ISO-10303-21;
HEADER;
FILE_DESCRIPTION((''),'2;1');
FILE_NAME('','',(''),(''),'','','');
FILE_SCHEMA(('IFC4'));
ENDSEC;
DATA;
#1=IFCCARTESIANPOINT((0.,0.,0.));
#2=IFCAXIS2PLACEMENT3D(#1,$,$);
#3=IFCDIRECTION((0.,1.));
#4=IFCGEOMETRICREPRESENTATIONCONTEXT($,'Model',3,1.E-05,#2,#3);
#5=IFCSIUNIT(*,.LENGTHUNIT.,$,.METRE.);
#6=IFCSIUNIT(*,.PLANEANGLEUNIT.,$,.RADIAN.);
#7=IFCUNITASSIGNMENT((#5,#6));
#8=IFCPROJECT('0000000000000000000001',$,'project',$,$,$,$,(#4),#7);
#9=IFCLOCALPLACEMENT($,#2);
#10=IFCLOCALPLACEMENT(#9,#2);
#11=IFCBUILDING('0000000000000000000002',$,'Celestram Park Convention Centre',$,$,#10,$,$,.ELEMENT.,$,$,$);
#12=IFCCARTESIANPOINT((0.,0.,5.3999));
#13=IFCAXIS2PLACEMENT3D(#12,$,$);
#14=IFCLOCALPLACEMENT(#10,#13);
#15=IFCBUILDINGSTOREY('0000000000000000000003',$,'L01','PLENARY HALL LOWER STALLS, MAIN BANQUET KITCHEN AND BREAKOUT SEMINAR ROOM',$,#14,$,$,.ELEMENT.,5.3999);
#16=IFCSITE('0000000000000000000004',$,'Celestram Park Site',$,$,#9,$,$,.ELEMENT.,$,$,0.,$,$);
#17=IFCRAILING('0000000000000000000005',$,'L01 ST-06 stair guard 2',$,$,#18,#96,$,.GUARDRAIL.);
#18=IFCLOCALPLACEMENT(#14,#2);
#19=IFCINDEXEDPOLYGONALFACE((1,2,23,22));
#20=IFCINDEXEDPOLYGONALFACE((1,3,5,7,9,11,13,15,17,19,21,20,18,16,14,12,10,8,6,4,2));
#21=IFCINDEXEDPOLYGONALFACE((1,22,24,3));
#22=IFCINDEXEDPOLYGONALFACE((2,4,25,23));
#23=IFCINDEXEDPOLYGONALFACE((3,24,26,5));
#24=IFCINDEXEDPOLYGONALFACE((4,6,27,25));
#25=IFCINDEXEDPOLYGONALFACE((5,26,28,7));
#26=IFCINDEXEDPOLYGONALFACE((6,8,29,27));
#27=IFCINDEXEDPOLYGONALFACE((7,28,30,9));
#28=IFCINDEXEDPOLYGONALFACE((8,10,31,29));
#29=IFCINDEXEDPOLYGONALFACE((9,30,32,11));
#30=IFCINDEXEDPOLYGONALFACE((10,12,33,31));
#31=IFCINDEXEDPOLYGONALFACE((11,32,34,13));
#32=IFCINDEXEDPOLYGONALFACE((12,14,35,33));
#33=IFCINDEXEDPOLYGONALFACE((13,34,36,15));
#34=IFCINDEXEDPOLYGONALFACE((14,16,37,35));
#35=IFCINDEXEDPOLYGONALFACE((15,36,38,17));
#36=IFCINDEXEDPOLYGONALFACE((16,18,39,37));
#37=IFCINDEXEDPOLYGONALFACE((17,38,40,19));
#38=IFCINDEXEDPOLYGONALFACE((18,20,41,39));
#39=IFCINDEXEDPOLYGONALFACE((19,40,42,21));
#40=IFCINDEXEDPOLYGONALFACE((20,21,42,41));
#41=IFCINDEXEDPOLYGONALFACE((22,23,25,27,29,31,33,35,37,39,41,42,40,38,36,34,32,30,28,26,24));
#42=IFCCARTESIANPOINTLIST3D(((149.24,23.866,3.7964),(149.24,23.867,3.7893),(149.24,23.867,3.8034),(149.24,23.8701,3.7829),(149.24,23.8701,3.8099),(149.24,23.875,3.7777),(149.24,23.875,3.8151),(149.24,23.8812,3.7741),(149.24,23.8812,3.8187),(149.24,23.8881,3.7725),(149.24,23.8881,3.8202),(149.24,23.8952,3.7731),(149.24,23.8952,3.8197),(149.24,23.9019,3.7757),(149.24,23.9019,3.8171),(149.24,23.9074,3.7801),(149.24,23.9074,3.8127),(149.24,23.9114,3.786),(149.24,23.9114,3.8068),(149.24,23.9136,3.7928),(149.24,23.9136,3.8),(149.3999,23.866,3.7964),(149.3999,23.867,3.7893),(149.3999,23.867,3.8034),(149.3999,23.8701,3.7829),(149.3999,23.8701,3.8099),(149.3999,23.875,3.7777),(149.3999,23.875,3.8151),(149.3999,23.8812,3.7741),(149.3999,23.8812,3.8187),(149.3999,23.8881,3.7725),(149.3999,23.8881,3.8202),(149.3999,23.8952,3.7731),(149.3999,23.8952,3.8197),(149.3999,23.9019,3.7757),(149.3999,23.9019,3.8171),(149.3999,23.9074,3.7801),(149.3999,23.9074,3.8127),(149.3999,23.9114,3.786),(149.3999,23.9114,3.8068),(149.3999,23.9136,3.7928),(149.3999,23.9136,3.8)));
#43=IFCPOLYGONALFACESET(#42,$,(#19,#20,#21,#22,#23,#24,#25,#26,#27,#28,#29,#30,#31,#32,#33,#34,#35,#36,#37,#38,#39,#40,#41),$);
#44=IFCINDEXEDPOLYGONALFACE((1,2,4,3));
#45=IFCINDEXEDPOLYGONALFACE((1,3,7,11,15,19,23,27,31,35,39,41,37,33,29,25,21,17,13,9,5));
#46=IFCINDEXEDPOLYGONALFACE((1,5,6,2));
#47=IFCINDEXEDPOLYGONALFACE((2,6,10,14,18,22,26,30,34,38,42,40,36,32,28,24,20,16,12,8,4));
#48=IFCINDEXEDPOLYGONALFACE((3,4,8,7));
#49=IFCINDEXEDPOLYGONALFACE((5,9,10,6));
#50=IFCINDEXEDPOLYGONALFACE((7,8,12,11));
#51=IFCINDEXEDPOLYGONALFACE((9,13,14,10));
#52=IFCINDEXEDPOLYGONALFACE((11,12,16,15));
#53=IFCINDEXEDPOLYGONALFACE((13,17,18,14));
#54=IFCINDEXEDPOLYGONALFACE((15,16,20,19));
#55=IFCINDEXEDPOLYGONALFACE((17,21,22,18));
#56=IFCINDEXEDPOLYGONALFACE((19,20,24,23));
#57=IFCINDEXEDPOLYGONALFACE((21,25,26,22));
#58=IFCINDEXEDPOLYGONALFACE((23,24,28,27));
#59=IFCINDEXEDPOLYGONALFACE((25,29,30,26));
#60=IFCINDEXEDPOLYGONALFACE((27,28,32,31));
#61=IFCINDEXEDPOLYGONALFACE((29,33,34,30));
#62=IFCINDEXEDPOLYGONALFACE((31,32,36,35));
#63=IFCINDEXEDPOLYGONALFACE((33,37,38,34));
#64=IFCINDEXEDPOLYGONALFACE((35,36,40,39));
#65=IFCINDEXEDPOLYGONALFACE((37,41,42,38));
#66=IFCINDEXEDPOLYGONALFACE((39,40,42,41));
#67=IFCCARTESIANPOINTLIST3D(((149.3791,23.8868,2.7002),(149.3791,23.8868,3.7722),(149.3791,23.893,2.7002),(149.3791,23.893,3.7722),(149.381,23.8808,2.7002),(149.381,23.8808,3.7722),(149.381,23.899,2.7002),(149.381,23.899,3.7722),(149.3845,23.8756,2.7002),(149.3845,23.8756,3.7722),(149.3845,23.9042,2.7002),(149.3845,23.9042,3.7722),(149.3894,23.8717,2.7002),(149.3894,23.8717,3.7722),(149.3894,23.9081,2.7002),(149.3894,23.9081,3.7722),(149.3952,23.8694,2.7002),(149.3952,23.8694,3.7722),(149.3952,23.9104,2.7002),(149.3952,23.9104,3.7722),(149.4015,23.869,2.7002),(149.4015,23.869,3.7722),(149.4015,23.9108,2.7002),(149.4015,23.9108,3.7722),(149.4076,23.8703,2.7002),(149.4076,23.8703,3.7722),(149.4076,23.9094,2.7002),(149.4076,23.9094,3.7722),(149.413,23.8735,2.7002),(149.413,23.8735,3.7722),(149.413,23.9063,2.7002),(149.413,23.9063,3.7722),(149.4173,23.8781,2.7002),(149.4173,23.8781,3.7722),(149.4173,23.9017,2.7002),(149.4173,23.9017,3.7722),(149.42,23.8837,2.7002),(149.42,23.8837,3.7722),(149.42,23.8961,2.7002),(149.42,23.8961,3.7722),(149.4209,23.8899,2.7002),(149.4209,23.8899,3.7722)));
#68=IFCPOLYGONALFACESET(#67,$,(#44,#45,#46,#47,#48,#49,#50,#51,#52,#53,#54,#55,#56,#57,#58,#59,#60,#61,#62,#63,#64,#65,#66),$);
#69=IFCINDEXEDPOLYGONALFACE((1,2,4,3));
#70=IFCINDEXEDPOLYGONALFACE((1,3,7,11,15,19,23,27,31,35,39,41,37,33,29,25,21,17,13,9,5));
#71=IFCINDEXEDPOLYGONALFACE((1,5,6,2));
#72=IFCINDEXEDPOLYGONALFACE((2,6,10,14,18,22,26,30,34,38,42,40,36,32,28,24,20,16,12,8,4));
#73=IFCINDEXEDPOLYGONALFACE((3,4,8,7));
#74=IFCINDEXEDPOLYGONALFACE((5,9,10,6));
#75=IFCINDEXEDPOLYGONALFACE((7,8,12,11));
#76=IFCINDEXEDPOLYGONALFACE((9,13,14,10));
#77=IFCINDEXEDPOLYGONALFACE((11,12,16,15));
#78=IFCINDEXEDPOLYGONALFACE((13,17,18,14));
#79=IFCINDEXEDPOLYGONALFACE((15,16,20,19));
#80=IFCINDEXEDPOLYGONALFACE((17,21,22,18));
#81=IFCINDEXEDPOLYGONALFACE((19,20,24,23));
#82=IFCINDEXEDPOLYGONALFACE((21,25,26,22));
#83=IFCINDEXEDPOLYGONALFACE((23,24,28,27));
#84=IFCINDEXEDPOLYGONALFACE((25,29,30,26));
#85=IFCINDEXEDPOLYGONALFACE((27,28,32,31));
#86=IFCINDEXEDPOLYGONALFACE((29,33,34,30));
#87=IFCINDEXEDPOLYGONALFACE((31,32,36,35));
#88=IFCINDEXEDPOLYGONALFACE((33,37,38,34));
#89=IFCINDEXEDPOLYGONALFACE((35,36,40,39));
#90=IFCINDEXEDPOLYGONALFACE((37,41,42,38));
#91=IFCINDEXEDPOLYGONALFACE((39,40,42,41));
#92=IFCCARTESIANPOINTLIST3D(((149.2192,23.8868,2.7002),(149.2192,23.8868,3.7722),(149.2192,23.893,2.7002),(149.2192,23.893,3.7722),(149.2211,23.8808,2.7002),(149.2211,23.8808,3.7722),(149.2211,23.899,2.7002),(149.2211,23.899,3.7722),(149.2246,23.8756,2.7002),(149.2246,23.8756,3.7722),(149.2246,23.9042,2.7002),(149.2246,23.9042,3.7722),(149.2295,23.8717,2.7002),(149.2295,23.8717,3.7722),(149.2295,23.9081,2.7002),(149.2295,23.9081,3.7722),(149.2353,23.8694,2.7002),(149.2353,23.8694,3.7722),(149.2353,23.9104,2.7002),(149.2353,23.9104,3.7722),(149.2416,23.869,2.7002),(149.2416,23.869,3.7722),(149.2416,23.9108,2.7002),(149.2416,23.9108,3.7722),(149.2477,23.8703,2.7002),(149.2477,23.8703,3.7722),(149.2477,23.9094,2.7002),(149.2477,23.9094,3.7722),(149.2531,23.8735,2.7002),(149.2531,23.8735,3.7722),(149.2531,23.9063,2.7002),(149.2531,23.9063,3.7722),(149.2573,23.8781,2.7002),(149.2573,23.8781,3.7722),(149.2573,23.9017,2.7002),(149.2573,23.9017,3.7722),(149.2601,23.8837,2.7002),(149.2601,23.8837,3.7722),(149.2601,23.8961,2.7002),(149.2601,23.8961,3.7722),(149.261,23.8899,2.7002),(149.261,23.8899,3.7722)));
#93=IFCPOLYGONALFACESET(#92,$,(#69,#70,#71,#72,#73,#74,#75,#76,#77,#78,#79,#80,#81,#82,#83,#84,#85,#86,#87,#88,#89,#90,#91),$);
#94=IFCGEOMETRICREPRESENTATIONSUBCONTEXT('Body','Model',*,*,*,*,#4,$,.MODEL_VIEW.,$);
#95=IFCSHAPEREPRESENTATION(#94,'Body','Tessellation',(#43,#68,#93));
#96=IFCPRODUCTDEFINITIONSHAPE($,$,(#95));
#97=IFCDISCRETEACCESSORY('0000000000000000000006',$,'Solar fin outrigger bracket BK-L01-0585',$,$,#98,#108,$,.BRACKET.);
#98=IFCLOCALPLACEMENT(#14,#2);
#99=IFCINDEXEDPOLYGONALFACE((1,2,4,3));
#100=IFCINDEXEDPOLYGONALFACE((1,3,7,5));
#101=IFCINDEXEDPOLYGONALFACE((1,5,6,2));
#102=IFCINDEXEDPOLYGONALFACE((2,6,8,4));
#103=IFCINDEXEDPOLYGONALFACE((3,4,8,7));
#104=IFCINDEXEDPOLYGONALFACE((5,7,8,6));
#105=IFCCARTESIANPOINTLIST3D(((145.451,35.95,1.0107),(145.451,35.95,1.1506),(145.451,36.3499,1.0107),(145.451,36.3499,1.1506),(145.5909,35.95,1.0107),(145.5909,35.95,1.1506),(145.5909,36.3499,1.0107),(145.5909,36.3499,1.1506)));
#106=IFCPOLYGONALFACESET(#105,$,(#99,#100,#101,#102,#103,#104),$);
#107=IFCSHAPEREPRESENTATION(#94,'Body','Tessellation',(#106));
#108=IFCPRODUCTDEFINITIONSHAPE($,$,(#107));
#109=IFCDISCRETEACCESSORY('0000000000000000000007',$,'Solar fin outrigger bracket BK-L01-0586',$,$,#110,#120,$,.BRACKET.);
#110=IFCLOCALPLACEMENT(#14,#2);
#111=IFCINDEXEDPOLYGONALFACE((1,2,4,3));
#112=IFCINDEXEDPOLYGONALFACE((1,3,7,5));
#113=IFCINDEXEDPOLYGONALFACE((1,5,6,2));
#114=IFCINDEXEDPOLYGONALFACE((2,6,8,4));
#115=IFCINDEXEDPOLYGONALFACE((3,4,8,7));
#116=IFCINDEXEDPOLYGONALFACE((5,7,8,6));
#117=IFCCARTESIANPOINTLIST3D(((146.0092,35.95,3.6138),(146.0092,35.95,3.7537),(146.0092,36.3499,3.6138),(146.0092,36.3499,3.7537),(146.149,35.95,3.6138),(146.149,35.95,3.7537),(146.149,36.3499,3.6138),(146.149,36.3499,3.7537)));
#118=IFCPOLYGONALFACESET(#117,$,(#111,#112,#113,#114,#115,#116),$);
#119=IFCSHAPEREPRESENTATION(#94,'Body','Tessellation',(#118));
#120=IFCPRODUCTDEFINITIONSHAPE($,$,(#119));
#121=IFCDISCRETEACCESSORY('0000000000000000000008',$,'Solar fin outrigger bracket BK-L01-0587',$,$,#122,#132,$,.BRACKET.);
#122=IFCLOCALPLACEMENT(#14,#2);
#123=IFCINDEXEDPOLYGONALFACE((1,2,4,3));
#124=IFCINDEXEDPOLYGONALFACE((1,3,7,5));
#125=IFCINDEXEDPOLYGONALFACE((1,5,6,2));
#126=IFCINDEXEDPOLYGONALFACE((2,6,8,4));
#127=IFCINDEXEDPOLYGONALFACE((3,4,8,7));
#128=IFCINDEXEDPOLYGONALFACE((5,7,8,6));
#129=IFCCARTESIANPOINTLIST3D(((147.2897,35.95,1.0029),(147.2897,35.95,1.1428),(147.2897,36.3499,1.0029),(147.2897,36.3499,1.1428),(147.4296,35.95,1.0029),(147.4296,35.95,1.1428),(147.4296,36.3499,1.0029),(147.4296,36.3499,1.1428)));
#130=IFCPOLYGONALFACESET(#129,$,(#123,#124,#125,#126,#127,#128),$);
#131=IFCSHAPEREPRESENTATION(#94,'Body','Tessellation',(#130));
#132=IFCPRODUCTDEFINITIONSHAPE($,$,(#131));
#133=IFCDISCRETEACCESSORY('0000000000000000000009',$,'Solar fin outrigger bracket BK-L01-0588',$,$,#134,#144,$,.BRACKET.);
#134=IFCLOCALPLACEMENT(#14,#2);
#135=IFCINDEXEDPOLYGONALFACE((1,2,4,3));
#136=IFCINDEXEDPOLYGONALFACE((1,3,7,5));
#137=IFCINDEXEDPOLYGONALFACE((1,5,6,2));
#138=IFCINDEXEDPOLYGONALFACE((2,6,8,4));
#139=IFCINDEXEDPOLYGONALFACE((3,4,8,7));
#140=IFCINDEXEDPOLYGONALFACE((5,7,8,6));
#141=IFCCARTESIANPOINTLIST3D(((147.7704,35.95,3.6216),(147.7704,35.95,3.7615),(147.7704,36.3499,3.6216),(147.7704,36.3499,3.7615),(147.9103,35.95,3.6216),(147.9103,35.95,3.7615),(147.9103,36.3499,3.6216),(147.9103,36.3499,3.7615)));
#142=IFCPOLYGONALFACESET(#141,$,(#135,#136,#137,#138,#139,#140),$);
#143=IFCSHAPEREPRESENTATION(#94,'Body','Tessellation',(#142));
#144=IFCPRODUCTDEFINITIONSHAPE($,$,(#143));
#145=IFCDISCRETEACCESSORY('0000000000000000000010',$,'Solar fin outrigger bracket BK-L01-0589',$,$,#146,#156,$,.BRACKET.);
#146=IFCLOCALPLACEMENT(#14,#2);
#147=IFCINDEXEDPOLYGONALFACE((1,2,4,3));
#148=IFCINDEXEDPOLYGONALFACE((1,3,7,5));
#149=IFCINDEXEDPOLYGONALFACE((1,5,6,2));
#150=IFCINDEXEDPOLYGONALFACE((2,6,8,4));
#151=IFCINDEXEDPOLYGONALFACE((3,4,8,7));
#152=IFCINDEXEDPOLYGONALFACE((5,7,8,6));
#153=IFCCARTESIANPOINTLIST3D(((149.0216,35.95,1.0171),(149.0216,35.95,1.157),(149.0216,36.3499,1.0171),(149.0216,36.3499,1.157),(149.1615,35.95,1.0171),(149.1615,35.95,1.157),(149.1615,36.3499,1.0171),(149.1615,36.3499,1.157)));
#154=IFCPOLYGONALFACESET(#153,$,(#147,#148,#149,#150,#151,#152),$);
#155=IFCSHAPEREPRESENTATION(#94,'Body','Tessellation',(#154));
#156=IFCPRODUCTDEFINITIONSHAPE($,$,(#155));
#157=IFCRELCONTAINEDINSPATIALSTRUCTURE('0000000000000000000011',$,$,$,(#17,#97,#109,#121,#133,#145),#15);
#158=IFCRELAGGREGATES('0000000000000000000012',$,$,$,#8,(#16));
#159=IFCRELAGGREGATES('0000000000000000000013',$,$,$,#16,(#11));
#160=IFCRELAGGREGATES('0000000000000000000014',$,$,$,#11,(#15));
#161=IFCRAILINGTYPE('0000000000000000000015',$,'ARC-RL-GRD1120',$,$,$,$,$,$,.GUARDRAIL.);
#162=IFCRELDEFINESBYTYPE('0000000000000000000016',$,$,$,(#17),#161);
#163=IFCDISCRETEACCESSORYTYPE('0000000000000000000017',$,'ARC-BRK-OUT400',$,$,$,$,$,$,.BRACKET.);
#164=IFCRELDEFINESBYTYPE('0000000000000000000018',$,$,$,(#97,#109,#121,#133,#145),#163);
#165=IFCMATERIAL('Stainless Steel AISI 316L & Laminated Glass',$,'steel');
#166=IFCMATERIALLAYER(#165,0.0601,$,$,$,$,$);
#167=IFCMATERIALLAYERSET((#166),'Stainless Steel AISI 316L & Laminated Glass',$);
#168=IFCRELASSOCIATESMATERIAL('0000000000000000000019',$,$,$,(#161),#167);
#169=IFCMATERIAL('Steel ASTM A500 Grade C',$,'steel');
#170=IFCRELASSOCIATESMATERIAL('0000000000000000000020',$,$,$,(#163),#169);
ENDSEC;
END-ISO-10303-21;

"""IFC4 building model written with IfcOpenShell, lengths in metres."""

from ifc_helpers import new_model, si_unit, direction, frame, origin, origin_2d, place, context, subcontext, project, spatial, rectangle, circle, extrude, material, layer, layer_set, type_object, element, save


model = new_model("IFC4")

# Units and contexts
model_context = context("Model", 3, precision=1e-05, world=origin(), true_north=direction((0.0, 1.0)))
body_context = subcontext(model_context, "Body", "Model", "MODEL_VIEW")
ifc_project = project(units=[si_unit("LENGTHUNIT", "METRE"), si_unit("PLANEANGLEUNIT", "RADIAN")], contexts=[model_context])

# Site, building, storey
site_placement = place(None, origin())
site = spatial("IfcSite", under=ifc_project, at=site_placement, Name="Celestram Park Site", CompositionType="ELEMENT", RefElevation=0.0)
building_placement = place(site_placement, origin())
building = spatial("IfcBuilding", under=site, at=building_placement, Name="Celestram Park Convention Centre", CompositionType="ELEMENT")
storey_placement = place(building_placement, frame((0.0, 0.0, 5.3999)))
storey = spatial("IfcBuildingStorey", under=building, at=storey_placement, Name="L01", Description="PLENARY HALL LOWER STALLS, MAIN BANQUET KITCHEN AND BREAKOUT SEMINAR ROOM", CompositionType="ELEMENT", Elevation=5.3999)

# Railing
ifc_material_1 = material(Name="Stainless Steel AISI 316L & Laminated Glass", Category="steel")
ifc_layer_1 = layer(ifc_material_1, 0.0601)
ifc_layer_set_1 = layer_set([ifc_layer_1], Name="Stainless Steel AISI 316L & Laminated Glass")
railing_type_1 = type_object("IfcRailingType", Name="ARC-RL-GRD1120", PredefinedType="GUARDRAIL", material=ifc_layer_set_1)
railing_1_placement = place(storey_placement, frame((149.3999, 23.8899, 2.7002)))
element("IfcRailing", 1, at=railing_1_placement, inside=storey, type_object=railing_type_1, Name="L01 ST-06 stair guard 2", PredefinedType="GUARDRAIL", context=body_context, shape_type="SweptSolid", body=[
    extrude(circle(Radius=0.0239, at=origin_2d()), frame((0.0, 0.0, 1.0962), z_axis=(-1.0, 0.0, 0.0), x_axis=(0.0, -1.0, 0.0)), (0.0, 0.0, 1.0), 0.1599),
    extrude(circle(Radius=0.021, at=origin_2d()), origin(), (0.0, 0.0, 1.0), 1.072),
    extrude(circle(Radius=0.021, at=origin_2d()), frame((-0.1599, 0.0, 0.0)), (0.0, 0.0, 1.0), 1.072),
])

# Discrete accessories
ifc_material_2 = material(Name="Steel ASTM A500 Grade C", Category="steel")
discrete_accessory_type = type_object("IfcDiscreteAccessoryType", Name="ARC-BRK-OUT400", PredefinedType="BRACKET", material=ifc_material_2)
for number, where, z_axis, x_axis, name in (
    (2, (145.521, 36.1499, 1.0107), (0.0, 0.0, 1.0), (0.0, 1.0, 0.0), "Solar fin outrigger bracket BK-L01-0585"),
    (3, (146.0791, 36.1499, 3.6138), (0.0, 0.0, 1.0), (0.0, 1.0, 0.0), "Solar fin outrigger bracket BK-L01-0586"),
    (4, (147.3596, 36.1499, 1.0029), (0.0, 0.0, 1.0), (0.0, 1.0, 0.0), "Solar fin outrigger bracket BK-L01-0587"),
    (5, (147.8403, 36.1499, 3.6216), (0.0, 0.0, 1.0), (0.0, 1.0, 0.0), "Solar fin outrigger bracket BK-L01-0588"),
    (6, (149.0916, 36.1499, 1.0171), (0.0, 0.0, 1.0), (0.0, 1.0, 0.0), "Solar fin outrigger bracket BK-L01-0589"),
):
    element("IfcDiscreteAccessory", number, at=place(storey_placement, frame(where, z_axis=z_axis, x_axis=x_axis)), inside=storey, type_object=discrete_accessory_type, Name=name, PredefinedType="BRACKET", context=body_context, shape_type="SweptSolid", body=[
        extrude(rectangle(XDim=0.3999, YDim=0.1399, at=origin_2d()), origin(), (0.0, 0.0, 1.0), 0.1399),
    ])

save(model, "model.ifc")
